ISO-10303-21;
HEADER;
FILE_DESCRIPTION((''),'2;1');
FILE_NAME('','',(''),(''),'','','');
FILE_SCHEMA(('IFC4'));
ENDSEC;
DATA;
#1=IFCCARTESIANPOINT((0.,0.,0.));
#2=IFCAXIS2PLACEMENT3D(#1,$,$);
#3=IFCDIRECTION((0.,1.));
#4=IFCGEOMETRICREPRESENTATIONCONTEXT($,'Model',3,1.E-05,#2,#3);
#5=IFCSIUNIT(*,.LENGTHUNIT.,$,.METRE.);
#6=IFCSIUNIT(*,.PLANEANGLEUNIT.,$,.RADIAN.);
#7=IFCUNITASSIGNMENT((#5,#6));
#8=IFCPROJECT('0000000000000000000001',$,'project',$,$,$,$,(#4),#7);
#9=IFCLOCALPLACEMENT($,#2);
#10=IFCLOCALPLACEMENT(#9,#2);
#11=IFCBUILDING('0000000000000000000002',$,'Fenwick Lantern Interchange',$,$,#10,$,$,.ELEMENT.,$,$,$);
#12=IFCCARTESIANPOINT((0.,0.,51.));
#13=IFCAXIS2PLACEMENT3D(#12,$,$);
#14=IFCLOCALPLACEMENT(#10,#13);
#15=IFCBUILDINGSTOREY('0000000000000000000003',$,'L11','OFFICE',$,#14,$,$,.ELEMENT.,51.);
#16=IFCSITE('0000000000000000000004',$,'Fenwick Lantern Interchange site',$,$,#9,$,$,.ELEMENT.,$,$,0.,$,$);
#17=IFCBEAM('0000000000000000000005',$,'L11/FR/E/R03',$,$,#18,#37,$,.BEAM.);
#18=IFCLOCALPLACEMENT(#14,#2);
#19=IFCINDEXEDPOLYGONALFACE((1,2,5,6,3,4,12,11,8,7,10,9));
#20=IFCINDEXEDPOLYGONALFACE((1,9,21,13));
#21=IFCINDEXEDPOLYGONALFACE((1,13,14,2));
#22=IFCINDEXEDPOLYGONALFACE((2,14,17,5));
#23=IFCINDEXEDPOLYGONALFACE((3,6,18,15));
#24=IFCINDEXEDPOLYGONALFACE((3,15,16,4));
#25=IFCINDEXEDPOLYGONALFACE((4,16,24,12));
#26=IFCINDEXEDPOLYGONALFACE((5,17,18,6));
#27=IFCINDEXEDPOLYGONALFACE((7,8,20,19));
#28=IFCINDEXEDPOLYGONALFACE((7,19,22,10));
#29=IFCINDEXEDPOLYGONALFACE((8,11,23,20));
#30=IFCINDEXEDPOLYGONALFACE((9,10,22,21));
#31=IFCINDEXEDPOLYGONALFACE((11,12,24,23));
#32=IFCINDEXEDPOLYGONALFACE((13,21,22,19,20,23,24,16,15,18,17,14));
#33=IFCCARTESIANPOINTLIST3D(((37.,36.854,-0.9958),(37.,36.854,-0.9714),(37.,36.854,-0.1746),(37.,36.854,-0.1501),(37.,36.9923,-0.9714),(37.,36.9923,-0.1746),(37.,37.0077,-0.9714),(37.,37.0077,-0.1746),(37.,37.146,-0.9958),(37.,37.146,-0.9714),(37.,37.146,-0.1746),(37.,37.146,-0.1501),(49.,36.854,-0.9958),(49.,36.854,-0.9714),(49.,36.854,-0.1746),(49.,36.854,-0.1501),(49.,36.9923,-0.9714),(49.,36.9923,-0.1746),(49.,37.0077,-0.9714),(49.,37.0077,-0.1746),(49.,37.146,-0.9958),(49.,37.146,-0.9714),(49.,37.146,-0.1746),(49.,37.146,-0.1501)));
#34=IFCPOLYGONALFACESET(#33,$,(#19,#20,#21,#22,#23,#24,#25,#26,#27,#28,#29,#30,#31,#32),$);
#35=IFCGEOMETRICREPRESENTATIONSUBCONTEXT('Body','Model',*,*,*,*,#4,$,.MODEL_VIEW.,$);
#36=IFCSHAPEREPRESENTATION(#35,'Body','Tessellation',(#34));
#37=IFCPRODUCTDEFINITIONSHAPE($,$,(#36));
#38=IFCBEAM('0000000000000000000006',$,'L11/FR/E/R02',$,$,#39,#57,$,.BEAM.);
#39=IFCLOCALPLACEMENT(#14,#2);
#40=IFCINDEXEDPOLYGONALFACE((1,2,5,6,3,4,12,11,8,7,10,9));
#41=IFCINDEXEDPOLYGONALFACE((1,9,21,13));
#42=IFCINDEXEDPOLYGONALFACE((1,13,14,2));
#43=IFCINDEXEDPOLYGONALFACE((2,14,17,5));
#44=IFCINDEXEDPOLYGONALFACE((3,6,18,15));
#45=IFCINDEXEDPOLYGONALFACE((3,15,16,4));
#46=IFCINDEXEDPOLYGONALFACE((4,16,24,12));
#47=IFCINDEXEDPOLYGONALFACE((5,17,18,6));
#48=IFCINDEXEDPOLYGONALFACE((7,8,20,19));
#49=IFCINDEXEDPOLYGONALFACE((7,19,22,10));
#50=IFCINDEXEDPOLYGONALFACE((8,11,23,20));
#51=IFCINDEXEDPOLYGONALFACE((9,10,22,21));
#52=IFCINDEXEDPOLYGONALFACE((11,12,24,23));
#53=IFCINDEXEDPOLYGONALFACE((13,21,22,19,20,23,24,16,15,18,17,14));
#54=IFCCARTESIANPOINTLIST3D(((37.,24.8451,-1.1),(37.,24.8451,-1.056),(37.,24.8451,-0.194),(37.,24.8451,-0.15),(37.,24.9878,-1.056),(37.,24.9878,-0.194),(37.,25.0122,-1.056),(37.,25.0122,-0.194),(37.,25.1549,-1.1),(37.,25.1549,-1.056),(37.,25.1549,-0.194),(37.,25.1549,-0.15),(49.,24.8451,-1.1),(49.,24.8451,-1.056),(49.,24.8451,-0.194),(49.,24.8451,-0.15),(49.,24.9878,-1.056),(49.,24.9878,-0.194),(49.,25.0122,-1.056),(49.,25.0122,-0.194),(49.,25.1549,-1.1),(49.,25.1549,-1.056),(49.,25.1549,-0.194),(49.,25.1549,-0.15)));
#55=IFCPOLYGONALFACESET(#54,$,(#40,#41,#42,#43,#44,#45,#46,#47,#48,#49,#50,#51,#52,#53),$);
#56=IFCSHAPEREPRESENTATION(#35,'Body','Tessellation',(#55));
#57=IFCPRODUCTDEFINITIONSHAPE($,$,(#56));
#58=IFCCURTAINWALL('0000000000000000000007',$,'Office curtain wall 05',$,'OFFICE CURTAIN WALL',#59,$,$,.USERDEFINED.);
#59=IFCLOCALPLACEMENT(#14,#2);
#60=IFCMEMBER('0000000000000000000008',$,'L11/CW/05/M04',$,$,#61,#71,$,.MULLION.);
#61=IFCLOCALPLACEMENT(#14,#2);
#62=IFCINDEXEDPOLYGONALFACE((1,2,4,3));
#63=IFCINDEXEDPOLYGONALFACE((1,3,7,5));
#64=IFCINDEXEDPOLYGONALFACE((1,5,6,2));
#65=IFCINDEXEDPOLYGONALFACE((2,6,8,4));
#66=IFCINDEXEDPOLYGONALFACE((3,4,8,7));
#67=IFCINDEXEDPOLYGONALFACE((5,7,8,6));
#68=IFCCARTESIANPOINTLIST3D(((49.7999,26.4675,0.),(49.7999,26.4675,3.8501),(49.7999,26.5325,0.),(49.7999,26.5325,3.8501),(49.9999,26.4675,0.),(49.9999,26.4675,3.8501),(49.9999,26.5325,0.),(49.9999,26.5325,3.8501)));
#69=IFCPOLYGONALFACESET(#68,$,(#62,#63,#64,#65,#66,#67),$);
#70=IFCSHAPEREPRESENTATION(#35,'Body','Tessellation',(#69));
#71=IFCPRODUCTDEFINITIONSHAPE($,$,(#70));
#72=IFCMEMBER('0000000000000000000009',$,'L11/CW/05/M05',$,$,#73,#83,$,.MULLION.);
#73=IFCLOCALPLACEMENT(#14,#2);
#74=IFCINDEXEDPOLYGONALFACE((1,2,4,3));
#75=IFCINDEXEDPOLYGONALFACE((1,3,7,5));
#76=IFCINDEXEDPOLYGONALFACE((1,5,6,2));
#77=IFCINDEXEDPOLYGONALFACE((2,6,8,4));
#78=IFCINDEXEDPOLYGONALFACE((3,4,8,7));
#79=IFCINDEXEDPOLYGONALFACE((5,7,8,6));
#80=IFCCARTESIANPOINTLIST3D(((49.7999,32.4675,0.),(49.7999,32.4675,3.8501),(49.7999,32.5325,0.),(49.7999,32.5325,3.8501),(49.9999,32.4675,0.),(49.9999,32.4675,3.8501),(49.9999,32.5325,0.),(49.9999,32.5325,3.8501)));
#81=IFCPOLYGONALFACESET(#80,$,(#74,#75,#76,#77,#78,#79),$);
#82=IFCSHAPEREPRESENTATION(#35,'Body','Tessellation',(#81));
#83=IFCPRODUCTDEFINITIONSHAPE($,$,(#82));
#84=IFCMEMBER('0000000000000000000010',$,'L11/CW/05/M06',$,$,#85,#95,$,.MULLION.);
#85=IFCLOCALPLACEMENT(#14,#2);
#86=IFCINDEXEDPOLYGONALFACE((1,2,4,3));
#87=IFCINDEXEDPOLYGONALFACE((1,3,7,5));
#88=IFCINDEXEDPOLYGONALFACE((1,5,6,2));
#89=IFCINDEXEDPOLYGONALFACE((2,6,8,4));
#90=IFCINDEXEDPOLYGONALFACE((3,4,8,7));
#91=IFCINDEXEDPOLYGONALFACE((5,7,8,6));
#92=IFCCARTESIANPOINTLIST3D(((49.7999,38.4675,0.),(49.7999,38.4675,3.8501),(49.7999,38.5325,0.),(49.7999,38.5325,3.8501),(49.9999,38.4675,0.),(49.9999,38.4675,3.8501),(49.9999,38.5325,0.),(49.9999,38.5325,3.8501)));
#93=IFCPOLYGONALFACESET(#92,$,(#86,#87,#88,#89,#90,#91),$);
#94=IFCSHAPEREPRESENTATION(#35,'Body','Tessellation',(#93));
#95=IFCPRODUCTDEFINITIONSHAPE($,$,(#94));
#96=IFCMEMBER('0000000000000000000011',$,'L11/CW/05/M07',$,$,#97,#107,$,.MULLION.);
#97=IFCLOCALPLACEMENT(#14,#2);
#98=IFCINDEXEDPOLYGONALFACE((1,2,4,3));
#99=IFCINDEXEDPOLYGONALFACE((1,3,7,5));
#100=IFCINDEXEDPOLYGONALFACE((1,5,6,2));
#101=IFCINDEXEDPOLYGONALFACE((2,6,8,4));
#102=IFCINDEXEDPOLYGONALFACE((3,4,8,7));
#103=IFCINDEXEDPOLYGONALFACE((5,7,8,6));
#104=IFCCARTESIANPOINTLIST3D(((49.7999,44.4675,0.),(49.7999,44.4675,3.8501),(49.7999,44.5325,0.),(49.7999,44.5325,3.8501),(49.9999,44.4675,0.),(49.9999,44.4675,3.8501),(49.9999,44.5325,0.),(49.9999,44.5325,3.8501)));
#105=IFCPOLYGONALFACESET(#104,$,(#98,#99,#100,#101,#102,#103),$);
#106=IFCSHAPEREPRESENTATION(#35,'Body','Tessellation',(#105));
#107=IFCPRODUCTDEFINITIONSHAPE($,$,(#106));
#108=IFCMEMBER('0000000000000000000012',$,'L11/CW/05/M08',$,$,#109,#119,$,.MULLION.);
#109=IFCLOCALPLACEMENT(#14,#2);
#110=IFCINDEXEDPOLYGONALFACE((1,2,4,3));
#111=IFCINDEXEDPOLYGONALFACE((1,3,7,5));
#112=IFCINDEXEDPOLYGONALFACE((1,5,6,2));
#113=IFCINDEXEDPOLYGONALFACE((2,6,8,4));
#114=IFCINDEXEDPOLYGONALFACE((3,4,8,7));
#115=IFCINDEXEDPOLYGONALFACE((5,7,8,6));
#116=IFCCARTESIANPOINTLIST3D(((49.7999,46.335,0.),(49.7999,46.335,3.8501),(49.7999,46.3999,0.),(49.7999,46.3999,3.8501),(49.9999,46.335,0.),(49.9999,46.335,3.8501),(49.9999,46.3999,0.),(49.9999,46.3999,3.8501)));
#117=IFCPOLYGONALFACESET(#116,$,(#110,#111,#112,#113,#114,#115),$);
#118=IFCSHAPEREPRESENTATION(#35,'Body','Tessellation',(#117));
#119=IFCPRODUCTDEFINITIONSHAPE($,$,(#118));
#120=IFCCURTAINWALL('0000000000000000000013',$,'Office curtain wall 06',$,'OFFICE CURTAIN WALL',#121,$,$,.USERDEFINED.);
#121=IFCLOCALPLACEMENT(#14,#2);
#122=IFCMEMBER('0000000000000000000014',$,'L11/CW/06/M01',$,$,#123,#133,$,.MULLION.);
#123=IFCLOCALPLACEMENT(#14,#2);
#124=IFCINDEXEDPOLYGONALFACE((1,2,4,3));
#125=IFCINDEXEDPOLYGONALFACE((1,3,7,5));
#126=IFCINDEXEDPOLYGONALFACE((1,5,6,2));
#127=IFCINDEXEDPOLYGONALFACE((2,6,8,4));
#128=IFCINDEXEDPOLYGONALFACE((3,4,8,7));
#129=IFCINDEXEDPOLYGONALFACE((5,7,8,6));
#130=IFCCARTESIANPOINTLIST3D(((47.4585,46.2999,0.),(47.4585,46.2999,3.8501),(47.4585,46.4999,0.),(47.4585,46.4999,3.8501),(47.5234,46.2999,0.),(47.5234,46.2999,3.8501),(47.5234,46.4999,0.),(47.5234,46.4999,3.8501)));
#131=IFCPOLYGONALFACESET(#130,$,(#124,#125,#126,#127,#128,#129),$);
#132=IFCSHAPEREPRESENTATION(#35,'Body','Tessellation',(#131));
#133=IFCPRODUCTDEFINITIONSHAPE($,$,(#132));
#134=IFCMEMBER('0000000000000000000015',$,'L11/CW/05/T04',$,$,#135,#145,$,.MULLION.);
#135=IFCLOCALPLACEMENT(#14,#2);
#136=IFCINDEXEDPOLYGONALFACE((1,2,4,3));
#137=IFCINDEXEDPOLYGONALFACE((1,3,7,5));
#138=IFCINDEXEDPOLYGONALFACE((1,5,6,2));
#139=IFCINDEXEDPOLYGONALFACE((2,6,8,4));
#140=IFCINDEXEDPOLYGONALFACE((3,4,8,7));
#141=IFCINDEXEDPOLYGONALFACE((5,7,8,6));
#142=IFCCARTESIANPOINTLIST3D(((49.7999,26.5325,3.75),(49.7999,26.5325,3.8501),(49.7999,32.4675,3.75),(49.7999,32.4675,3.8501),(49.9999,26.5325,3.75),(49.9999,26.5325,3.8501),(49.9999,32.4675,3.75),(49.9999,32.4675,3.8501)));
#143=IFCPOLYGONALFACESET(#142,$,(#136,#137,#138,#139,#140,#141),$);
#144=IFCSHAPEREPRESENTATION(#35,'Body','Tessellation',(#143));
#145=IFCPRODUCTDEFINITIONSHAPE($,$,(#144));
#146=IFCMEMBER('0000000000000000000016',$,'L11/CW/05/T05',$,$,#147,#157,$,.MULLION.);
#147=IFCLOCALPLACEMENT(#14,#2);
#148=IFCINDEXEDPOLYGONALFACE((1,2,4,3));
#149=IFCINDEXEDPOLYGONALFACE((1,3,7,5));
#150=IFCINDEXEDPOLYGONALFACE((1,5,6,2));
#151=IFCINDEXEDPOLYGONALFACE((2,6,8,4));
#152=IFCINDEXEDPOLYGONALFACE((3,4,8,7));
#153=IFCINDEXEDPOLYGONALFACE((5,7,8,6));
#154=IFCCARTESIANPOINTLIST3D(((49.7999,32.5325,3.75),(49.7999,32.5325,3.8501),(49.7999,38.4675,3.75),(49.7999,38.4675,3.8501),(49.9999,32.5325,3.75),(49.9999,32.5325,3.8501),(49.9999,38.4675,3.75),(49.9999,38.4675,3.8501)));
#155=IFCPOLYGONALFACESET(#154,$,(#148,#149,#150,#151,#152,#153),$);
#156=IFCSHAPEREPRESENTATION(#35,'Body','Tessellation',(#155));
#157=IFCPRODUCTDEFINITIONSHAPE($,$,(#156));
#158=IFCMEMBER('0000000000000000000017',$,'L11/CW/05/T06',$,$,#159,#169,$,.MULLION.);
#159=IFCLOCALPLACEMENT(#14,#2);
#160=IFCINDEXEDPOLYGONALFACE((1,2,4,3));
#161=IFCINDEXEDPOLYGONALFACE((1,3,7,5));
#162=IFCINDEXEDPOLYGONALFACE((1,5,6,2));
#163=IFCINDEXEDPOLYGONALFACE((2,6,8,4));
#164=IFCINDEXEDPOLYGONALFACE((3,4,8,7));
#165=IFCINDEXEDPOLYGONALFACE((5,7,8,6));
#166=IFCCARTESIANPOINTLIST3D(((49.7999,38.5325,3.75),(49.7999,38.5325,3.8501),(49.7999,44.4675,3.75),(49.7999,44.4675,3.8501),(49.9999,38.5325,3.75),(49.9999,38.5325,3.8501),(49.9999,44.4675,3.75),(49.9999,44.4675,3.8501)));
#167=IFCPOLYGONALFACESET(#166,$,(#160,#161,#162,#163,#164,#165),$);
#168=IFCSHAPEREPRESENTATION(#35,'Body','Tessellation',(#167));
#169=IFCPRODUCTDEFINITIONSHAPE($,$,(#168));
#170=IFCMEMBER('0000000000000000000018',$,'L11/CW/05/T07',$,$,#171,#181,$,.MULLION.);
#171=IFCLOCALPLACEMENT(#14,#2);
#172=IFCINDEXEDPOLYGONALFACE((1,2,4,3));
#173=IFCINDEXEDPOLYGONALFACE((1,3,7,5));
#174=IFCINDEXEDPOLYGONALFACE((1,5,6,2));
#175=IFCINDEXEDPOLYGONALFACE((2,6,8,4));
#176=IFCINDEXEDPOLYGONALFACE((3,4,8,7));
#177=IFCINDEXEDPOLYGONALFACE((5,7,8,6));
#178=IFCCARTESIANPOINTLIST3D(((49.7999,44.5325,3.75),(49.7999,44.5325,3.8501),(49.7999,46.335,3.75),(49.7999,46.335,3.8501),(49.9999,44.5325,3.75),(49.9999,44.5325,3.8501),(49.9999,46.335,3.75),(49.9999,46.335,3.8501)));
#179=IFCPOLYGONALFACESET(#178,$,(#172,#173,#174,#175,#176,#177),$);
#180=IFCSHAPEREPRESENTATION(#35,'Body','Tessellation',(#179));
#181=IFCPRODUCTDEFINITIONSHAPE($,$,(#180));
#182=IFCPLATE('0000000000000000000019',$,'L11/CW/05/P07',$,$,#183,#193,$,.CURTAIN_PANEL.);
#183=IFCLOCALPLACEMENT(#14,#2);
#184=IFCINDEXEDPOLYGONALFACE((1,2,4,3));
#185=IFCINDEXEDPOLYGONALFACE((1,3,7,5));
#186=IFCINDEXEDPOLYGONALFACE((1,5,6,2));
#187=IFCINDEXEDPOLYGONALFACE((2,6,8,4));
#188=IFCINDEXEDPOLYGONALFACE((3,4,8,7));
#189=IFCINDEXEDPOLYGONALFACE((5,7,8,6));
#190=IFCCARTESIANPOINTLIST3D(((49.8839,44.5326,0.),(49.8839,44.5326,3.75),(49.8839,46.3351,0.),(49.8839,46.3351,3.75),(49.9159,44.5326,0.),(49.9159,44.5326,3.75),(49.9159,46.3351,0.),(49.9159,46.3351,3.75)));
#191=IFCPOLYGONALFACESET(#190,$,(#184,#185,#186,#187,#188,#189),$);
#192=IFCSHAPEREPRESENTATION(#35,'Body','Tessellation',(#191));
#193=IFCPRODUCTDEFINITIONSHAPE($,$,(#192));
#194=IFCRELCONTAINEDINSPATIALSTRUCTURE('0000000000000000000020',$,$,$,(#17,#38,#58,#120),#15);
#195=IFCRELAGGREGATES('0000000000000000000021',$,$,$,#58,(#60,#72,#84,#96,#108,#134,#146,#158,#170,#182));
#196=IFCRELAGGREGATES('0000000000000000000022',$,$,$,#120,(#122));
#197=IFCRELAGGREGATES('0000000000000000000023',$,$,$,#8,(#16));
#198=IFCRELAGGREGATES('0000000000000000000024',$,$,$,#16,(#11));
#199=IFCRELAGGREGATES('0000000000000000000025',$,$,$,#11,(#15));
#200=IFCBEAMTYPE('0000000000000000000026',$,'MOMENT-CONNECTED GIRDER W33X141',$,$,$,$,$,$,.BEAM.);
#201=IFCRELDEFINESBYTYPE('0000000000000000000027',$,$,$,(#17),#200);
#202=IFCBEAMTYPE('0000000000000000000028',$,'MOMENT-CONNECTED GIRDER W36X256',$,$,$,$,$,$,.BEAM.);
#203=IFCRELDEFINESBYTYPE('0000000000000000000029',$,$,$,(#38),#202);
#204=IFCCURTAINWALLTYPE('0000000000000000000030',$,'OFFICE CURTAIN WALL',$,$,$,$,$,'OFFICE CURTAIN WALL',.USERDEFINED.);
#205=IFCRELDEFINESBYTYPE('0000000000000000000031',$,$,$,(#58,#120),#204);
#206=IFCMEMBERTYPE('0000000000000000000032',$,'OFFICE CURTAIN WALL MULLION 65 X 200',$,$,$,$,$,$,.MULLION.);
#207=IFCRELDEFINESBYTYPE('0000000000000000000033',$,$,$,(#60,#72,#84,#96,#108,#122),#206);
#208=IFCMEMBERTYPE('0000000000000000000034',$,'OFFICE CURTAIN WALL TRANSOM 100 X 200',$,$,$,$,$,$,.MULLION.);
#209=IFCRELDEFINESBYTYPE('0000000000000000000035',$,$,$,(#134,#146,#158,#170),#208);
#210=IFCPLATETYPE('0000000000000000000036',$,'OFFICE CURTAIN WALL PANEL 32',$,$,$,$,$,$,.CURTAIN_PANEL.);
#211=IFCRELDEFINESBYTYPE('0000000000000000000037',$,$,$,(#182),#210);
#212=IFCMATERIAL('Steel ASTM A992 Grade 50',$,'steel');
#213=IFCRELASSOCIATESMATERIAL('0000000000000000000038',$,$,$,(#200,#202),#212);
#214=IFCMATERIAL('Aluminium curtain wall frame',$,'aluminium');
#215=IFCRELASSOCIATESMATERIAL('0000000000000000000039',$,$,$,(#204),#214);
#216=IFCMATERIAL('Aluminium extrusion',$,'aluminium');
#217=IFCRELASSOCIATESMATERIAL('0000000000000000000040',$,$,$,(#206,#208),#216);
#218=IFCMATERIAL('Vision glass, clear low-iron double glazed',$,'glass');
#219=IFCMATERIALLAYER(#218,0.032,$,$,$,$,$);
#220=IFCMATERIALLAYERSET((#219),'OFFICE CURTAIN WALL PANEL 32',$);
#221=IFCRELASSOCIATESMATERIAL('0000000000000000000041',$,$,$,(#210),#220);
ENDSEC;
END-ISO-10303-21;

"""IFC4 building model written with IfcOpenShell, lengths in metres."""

from ifc_helpers import new_model, si_unit, direction, frame, origin, origin_2d, place, context, subcontext, project, spatial, rectangle, i_section, extrude, material, layer, layer_set, material_profile, profile_set, type_object, element, aggregate, save


model = new_model("IFC4")

# Units and contexts
model_context = context("Model", 3, precision=1e-05, world=origin(), true_north=direction((0.0, 1.0)))
body_context = subcontext(model_context, "Body", "Model", "MODEL_VIEW")
ifc_project = project(units=[si_unit("LENGTHUNIT", "METRE"), si_unit("PLANEANGLEUNIT", "RADIAN")], contexts=[model_context])

# Site, building, storey
site_placement = place(None, origin())
site = spatial("IfcSite", under=ifc_project, at=site_placement, Name="Fenwick Lantern Interchange site", CompositionType="ELEMENT", RefElevation=0.0)
building_placement = place(site_placement, origin())
building = spatial("IfcBuilding", under=site, at=building_placement, Name="Fenwick Lantern Interchange", CompositionType="ELEMENT")
storey_placement = place(building_placement, frame((0.0, 0.0, 51.0)))
storey = spatial("IfcBuildingStorey", under=building, at=storey_placement, Name="L11", Description="OFFICE", CompositionType="ELEMENT", Elevation=51.0)

# Beams
ifc_material_1 = material(Name="Steel ASTM A992 Grade 50", Category="steel")
ifc_material_profile_1 = material_profile(ifc_material_1, i_section(OverallWidth=0.292, OverallDepth=0.8457, WebThickness=0.0154, FlangeThickness=0.0244, at=origin_2d()), Name="W33X141")
ifc_profile_set_1 = profile_set([ifc_material_profile_1], Name="Steel ASTM A992 Grade 50")
beam_type_1 = type_object("IfcBeamType", Name="MOMENT-CONNECTED GIRDER W33X141", PredefinedType="BEAM", material=ifc_profile_set_1)
beam_1_placement = place(storey_placement, frame((49.0, 37.0, -0.573), z_axis=(-1.0, 0.0, 0.0), x_axis=(0.0, -1.0, 0.0)))
element("IfcBeam", 1, at=beam_1_placement, inside=storey, type_object=beam_type_1, Name="L11/FR/E/R03", PredefinedType="BEAM", context=body_context, shape_type="SweptSolid", body=[
    extrude(i_section(OverallWidth=0.292, OverallDepth=0.8457, WebThickness=0.0154, FlangeThickness=0.0244, at=origin_2d()), origin(), (0.0, 0.0, 1.0), 12.0),
])
ifc_material_profile_2 = material_profile(ifc_material_1, i_section(OverallWidth=0.3098, OverallDepth=0.95, WebThickness=0.0244, FlangeThickness=0.0439, at=origin_2d()), Name="W36X256")
ifc_profile_set_2 = profile_set([ifc_material_profile_2], Name="Steel ASTM A992 Grade 50")
beam_type_2 = type_object("IfcBeamType", Name="MOMENT-CONNECTED GIRDER W36X256", PredefinedType="BEAM", material=ifc_profile_set_2)
beam_2_placement = place(storey_placement, frame((49.0, 25.0, -0.625), z_axis=(-1.0, 0.0, 0.0), x_axis=(0.0, -1.0, 0.0)))
element("IfcBeam", 2, at=beam_2_placement, inside=storey, type_object=beam_type_2, Name="L11/FR/E/R02", PredefinedType="BEAM", context=body_context, shape_type="SweptSolid", body=[
    extrude(i_section(OverallWidth=0.3098, OverallDepth=0.95, WebThickness=0.0244, FlangeThickness=0.0439, at=origin_2d()), origin(), (0.0, 0.0, 1.0), 12.0),
])

# Curtain wall, members
ifc_material_2 = material(Name="Aluminium curtain wall frame", Category="aluminium")
curtain_wall_type = type_object("IfcCurtainWallType", Name="OFFICE CURTAIN WALL", ElementType="OFFICE CURTAIN WALL", PredefinedType="USERDEFINED", material=ifc_material_2)
curtain_wall_1_placement = place(storey_placement, origin())
curtain_wall_1 = element("IfcCurtainWall", 3, at=curtain_wall_1_placement, inside=storey, type_object=curtain_wall_type, Name="Office curtain wall 05", ObjectType="OFFICE CURTAIN WALL", PredefinedType="USERDEFINED")
ifc_material_3 = material(Name="Aluminium extrusion", Category="aluminium")
ifc_material_profile_3 = material_profile(ifc_material_3, rectangle(XDim=0.2, YDim=0.0649, at=origin_2d()), Name="OFFICE CURTAIN WALL MULLION 65 X 200")
ifc_profile_set_3 = profile_set([ifc_material_profile_3], Name="Aluminium extrusion")
member_type_1 = type_object("IfcMemberType", Name="OFFICE CURTAIN WALL MULLION 65 X 200", PredefinedType="MULLION", material=ifc_profile_set_3)
member_1_placement = place(storey_placement, frame((49.8999, 26.5, 0.0), z_axis=(0.0, 0.0, 1.0), x_axis=(-1.0, 0.0, 0.0)))
member_1 = element("IfcMember", 4, at=member_1_placement, type_object=member_type_1, Name="L11/CW/05/M04", PredefinedType="MULLION", context=body_context, shape_type="SweptSolid", body=[
    extrude(rectangle(XDim=0.2, YDim=0.0649, at=origin_2d()), origin(), (0.0, 0.0, 1.0), 3.8501),
])
member_2_placement = place(storey_placement, frame((49.8999, 32.5, 0.0), z_axis=(0.0, 0.0, 1.0), x_axis=(-1.0, 0.0, 0.0)))
member_2 = element("IfcMember", 5, at=member_2_placement, type_object=member_type_1, Name="L11/CW/05/M05", PredefinedType="MULLION", context=body_context, shape_type="SweptSolid", body=[
    extrude(rectangle(XDim=0.2, YDim=0.0649, at=origin_2d()), origin(), (0.0, 0.0, 1.0), 3.8501),
])
member_3_placement = place(storey_placement, frame((49.8999, 38.5, 0.0), z_axis=(0.0, 0.0, 1.0), x_axis=(-1.0, 0.0, 0.0)))
member_3 = element("IfcMember", 6, at=member_3_placement, type_object=member_type_1, Name="L11/CW/05/M06", PredefinedType="MULLION", context=body_context, shape_type="SweptSolid", body=[
    extrude(rectangle(XDim=0.2, YDim=0.0649, at=origin_2d()), origin(), (0.0, 0.0, 1.0), 3.8501),
])
member_4_placement = place(storey_placement, frame((49.8999, 44.5, 0.0), z_axis=(0.0, 0.0, 1.0), x_axis=(-1.0, 0.0, 0.0)))
member_4 = element("IfcMember", 7, at=member_4_placement, type_object=member_type_1, Name="L11/CW/05/M07", PredefinedType="MULLION", context=body_context, shape_type="SweptSolid", body=[
    extrude(rectangle(XDim=0.2, YDim=0.0649, at=origin_2d()), origin(), (0.0, 0.0, 1.0), 3.8501),
])
member_5_placement = place(storey_placement, frame((49.8999, 46.3674, 0.0), z_axis=(0.0, 0.0, 1.0), x_axis=(-1.0, 0.0, 0.0)))
member_5 = element("IfcMember", 8, at=member_5_placement, type_object=member_type_1, Name="L11/CW/05/M08", PredefinedType="MULLION", context=body_context, shape_type="SweptSolid", body=[
    extrude(rectangle(XDim=0.2, YDim=0.0649, at=origin_2d()), origin(), (0.0, 0.0, 1.0), 3.8501),
])

# Curtain wall, member
curtain_wall_2_placement = place(storey_placement, origin())
curtain_wall_2 = element("IfcCurtainWall", 9, at=curtain_wall_2_placement, inside=storey, type_object=curtain_wall_type, Name="Office curtain wall 06", ObjectType="OFFICE CURTAIN WALL", PredefinedType="USERDEFINED")
member_6_placement = place(storey_placement, frame((47.491, 46.3999, 0.0), z_axis=(0.0, 0.0, 1.0), x_axis=(0.0, -1.0, 0.0)))
member_6 = element("IfcMember", 10, at=member_6_placement, type_object=member_type_1, Name="L11/CW/06/M01", PredefinedType="MULLION", context=body_context, shape_type="SweptSolid", body=[
    extrude(rectangle(XDim=0.2, YDim=0.0649, at=origin_2d()), origin(), (0.0, 0.0, 1.0), 3.8501),
])

# Members
ifc_material_profile_4 = material_profile(ifc_material_3, rectangle(XDim=0.2, YDim=0.1001, at=origin_2d()), Name="OFFICE CURTAIN WALL TRANSOM 100 X 200")
ifc_profile_set_4 = profile_set([ifc_material_profile_4], Name="Aluminium extrusion")
member_type_2 = type_object("IfcMemberType", Name="OFFICE CURTAIN WALL TRANSOM 100 X 200", PredefinedType="MULLION", material=ifc_profile_set_4)
member_7_placement = place(storey_placement, frame((49.8999, 26.5325, 3.8), z_axis=(0.0, 1.0, 0.0), x_axis=(-1.0, 0.0, 0.0)))
member_7 = element("IfcMember", 11, at=member_7_placement, type_object=member_type_2, Name="L11/CW/05/T04", PredefinedType="MULLION", context=body_context, shape_type="SweptSolid", body=[
    extrude(rectangle(XDim=0.2, YDim=0.1001, at=origin_2d()), origin(), (0.0, 0.0, 1.0), 5.9351),
])
member_8_placement = place(storey_placement, frame((49.8999, 32.5325, 3.8), z_axis=(0.0, 1.0, 0.0), x_axis=(-1.0, 0.0, 0.0)))
member_8 = element("IfcMember", 12, at=member_8_placement, type_object=member_type_2, Name="L11/CW/05/T05", PredefinedType="MULLION", context=body_context, shape_type="SweptSolid", body=[
    extrude(rectangle(XDim=0.2, YDim=0.1001, at=origin_2d()), origin(), (0.0, 0.0, 1.0), 5.9351),
])
member_9_placement = place(storey_placement, frame((49.8999, 38.5325, 3.8), z_axis=(0.0, 1.0, 0.0), x_axis=(-1.0, 0.0, 0.0)))
member_9 = element("IfcMember", 13, at=member_9_placement, type_object=member_type_2, Name="L11/CW/05/T06", PredefinedType="MULLION", context=body_context, shape_type="SweptSolid", body=[
    extrude(rectangle(XDim=0.2, YDim=0.1001, at=origin_2d()), origin(), (0.0, 0.0, 1.0), 5.9351),
])
member_10_placement = place(storey_placement, frame((49.8999, 44.5325, 3.8), z_axis=(0.0, 1.0, 0.0), x_axis=(-1.0, 0.0, 0.0)))
member_10 = element("IfcMember", 14, at=member_10_placement, type_object=member_type_2, Name="L11/CW/05/T07", PredefinedType="MULLION", context=body_context, shape_type="SweptSolid", body=[
    extrude(rectangle(XDim=0.2, YDim=0.1001, at=origin_2d()), origin(), (0.0, 0.0, 1.0), 1.8025),
])

# Plate
ifc_material_4 = material(Name="Vision glass, clear low-iron double glazed", Category="glass")
ifc_layer_1 = layer(ifc_material_4, 0.032)
ifc_layer_set_1 = layer_set([ifc_layer_1], Name="OFFICE CURTAIN WALL PANEL 32")
plate_type = type_object("IfcPlateType", Name="OFFICE CURTAIN WALL PANEL 32", PredefinedType="CURTAIN_PANEL", material=ifc_layer_set_1)
plate_1_placement = place(storey_placement, frame((49.8999, 45.4338, 0.0), z_axis=(0.0, 0.0, 1.0), x_axis=(0.0, 1.0, 0.0)))
plate_1 = element("IfcPlate", 15, at=plate_1_placement, type_object=plate_type, Name="L11/CW/05/P07", PredefinedType="CURTAIN_PANEL", context=body_context, shape_type="SweptSolid", body=[
    extrude(rectangle(XDim=1.8025, YDim=0.032, at=origin_2d()), origin(), (0.0, 0.0, 1.0), 3.75),
])
aggregate(curtain_wall_1, [member_1, member_2, member_3, member_4, member_5, member_7, member_8, member_9, member_10, plate_1])
aggregate(curtain_wall_2, [member_6])

save(model, "model.ifc")
